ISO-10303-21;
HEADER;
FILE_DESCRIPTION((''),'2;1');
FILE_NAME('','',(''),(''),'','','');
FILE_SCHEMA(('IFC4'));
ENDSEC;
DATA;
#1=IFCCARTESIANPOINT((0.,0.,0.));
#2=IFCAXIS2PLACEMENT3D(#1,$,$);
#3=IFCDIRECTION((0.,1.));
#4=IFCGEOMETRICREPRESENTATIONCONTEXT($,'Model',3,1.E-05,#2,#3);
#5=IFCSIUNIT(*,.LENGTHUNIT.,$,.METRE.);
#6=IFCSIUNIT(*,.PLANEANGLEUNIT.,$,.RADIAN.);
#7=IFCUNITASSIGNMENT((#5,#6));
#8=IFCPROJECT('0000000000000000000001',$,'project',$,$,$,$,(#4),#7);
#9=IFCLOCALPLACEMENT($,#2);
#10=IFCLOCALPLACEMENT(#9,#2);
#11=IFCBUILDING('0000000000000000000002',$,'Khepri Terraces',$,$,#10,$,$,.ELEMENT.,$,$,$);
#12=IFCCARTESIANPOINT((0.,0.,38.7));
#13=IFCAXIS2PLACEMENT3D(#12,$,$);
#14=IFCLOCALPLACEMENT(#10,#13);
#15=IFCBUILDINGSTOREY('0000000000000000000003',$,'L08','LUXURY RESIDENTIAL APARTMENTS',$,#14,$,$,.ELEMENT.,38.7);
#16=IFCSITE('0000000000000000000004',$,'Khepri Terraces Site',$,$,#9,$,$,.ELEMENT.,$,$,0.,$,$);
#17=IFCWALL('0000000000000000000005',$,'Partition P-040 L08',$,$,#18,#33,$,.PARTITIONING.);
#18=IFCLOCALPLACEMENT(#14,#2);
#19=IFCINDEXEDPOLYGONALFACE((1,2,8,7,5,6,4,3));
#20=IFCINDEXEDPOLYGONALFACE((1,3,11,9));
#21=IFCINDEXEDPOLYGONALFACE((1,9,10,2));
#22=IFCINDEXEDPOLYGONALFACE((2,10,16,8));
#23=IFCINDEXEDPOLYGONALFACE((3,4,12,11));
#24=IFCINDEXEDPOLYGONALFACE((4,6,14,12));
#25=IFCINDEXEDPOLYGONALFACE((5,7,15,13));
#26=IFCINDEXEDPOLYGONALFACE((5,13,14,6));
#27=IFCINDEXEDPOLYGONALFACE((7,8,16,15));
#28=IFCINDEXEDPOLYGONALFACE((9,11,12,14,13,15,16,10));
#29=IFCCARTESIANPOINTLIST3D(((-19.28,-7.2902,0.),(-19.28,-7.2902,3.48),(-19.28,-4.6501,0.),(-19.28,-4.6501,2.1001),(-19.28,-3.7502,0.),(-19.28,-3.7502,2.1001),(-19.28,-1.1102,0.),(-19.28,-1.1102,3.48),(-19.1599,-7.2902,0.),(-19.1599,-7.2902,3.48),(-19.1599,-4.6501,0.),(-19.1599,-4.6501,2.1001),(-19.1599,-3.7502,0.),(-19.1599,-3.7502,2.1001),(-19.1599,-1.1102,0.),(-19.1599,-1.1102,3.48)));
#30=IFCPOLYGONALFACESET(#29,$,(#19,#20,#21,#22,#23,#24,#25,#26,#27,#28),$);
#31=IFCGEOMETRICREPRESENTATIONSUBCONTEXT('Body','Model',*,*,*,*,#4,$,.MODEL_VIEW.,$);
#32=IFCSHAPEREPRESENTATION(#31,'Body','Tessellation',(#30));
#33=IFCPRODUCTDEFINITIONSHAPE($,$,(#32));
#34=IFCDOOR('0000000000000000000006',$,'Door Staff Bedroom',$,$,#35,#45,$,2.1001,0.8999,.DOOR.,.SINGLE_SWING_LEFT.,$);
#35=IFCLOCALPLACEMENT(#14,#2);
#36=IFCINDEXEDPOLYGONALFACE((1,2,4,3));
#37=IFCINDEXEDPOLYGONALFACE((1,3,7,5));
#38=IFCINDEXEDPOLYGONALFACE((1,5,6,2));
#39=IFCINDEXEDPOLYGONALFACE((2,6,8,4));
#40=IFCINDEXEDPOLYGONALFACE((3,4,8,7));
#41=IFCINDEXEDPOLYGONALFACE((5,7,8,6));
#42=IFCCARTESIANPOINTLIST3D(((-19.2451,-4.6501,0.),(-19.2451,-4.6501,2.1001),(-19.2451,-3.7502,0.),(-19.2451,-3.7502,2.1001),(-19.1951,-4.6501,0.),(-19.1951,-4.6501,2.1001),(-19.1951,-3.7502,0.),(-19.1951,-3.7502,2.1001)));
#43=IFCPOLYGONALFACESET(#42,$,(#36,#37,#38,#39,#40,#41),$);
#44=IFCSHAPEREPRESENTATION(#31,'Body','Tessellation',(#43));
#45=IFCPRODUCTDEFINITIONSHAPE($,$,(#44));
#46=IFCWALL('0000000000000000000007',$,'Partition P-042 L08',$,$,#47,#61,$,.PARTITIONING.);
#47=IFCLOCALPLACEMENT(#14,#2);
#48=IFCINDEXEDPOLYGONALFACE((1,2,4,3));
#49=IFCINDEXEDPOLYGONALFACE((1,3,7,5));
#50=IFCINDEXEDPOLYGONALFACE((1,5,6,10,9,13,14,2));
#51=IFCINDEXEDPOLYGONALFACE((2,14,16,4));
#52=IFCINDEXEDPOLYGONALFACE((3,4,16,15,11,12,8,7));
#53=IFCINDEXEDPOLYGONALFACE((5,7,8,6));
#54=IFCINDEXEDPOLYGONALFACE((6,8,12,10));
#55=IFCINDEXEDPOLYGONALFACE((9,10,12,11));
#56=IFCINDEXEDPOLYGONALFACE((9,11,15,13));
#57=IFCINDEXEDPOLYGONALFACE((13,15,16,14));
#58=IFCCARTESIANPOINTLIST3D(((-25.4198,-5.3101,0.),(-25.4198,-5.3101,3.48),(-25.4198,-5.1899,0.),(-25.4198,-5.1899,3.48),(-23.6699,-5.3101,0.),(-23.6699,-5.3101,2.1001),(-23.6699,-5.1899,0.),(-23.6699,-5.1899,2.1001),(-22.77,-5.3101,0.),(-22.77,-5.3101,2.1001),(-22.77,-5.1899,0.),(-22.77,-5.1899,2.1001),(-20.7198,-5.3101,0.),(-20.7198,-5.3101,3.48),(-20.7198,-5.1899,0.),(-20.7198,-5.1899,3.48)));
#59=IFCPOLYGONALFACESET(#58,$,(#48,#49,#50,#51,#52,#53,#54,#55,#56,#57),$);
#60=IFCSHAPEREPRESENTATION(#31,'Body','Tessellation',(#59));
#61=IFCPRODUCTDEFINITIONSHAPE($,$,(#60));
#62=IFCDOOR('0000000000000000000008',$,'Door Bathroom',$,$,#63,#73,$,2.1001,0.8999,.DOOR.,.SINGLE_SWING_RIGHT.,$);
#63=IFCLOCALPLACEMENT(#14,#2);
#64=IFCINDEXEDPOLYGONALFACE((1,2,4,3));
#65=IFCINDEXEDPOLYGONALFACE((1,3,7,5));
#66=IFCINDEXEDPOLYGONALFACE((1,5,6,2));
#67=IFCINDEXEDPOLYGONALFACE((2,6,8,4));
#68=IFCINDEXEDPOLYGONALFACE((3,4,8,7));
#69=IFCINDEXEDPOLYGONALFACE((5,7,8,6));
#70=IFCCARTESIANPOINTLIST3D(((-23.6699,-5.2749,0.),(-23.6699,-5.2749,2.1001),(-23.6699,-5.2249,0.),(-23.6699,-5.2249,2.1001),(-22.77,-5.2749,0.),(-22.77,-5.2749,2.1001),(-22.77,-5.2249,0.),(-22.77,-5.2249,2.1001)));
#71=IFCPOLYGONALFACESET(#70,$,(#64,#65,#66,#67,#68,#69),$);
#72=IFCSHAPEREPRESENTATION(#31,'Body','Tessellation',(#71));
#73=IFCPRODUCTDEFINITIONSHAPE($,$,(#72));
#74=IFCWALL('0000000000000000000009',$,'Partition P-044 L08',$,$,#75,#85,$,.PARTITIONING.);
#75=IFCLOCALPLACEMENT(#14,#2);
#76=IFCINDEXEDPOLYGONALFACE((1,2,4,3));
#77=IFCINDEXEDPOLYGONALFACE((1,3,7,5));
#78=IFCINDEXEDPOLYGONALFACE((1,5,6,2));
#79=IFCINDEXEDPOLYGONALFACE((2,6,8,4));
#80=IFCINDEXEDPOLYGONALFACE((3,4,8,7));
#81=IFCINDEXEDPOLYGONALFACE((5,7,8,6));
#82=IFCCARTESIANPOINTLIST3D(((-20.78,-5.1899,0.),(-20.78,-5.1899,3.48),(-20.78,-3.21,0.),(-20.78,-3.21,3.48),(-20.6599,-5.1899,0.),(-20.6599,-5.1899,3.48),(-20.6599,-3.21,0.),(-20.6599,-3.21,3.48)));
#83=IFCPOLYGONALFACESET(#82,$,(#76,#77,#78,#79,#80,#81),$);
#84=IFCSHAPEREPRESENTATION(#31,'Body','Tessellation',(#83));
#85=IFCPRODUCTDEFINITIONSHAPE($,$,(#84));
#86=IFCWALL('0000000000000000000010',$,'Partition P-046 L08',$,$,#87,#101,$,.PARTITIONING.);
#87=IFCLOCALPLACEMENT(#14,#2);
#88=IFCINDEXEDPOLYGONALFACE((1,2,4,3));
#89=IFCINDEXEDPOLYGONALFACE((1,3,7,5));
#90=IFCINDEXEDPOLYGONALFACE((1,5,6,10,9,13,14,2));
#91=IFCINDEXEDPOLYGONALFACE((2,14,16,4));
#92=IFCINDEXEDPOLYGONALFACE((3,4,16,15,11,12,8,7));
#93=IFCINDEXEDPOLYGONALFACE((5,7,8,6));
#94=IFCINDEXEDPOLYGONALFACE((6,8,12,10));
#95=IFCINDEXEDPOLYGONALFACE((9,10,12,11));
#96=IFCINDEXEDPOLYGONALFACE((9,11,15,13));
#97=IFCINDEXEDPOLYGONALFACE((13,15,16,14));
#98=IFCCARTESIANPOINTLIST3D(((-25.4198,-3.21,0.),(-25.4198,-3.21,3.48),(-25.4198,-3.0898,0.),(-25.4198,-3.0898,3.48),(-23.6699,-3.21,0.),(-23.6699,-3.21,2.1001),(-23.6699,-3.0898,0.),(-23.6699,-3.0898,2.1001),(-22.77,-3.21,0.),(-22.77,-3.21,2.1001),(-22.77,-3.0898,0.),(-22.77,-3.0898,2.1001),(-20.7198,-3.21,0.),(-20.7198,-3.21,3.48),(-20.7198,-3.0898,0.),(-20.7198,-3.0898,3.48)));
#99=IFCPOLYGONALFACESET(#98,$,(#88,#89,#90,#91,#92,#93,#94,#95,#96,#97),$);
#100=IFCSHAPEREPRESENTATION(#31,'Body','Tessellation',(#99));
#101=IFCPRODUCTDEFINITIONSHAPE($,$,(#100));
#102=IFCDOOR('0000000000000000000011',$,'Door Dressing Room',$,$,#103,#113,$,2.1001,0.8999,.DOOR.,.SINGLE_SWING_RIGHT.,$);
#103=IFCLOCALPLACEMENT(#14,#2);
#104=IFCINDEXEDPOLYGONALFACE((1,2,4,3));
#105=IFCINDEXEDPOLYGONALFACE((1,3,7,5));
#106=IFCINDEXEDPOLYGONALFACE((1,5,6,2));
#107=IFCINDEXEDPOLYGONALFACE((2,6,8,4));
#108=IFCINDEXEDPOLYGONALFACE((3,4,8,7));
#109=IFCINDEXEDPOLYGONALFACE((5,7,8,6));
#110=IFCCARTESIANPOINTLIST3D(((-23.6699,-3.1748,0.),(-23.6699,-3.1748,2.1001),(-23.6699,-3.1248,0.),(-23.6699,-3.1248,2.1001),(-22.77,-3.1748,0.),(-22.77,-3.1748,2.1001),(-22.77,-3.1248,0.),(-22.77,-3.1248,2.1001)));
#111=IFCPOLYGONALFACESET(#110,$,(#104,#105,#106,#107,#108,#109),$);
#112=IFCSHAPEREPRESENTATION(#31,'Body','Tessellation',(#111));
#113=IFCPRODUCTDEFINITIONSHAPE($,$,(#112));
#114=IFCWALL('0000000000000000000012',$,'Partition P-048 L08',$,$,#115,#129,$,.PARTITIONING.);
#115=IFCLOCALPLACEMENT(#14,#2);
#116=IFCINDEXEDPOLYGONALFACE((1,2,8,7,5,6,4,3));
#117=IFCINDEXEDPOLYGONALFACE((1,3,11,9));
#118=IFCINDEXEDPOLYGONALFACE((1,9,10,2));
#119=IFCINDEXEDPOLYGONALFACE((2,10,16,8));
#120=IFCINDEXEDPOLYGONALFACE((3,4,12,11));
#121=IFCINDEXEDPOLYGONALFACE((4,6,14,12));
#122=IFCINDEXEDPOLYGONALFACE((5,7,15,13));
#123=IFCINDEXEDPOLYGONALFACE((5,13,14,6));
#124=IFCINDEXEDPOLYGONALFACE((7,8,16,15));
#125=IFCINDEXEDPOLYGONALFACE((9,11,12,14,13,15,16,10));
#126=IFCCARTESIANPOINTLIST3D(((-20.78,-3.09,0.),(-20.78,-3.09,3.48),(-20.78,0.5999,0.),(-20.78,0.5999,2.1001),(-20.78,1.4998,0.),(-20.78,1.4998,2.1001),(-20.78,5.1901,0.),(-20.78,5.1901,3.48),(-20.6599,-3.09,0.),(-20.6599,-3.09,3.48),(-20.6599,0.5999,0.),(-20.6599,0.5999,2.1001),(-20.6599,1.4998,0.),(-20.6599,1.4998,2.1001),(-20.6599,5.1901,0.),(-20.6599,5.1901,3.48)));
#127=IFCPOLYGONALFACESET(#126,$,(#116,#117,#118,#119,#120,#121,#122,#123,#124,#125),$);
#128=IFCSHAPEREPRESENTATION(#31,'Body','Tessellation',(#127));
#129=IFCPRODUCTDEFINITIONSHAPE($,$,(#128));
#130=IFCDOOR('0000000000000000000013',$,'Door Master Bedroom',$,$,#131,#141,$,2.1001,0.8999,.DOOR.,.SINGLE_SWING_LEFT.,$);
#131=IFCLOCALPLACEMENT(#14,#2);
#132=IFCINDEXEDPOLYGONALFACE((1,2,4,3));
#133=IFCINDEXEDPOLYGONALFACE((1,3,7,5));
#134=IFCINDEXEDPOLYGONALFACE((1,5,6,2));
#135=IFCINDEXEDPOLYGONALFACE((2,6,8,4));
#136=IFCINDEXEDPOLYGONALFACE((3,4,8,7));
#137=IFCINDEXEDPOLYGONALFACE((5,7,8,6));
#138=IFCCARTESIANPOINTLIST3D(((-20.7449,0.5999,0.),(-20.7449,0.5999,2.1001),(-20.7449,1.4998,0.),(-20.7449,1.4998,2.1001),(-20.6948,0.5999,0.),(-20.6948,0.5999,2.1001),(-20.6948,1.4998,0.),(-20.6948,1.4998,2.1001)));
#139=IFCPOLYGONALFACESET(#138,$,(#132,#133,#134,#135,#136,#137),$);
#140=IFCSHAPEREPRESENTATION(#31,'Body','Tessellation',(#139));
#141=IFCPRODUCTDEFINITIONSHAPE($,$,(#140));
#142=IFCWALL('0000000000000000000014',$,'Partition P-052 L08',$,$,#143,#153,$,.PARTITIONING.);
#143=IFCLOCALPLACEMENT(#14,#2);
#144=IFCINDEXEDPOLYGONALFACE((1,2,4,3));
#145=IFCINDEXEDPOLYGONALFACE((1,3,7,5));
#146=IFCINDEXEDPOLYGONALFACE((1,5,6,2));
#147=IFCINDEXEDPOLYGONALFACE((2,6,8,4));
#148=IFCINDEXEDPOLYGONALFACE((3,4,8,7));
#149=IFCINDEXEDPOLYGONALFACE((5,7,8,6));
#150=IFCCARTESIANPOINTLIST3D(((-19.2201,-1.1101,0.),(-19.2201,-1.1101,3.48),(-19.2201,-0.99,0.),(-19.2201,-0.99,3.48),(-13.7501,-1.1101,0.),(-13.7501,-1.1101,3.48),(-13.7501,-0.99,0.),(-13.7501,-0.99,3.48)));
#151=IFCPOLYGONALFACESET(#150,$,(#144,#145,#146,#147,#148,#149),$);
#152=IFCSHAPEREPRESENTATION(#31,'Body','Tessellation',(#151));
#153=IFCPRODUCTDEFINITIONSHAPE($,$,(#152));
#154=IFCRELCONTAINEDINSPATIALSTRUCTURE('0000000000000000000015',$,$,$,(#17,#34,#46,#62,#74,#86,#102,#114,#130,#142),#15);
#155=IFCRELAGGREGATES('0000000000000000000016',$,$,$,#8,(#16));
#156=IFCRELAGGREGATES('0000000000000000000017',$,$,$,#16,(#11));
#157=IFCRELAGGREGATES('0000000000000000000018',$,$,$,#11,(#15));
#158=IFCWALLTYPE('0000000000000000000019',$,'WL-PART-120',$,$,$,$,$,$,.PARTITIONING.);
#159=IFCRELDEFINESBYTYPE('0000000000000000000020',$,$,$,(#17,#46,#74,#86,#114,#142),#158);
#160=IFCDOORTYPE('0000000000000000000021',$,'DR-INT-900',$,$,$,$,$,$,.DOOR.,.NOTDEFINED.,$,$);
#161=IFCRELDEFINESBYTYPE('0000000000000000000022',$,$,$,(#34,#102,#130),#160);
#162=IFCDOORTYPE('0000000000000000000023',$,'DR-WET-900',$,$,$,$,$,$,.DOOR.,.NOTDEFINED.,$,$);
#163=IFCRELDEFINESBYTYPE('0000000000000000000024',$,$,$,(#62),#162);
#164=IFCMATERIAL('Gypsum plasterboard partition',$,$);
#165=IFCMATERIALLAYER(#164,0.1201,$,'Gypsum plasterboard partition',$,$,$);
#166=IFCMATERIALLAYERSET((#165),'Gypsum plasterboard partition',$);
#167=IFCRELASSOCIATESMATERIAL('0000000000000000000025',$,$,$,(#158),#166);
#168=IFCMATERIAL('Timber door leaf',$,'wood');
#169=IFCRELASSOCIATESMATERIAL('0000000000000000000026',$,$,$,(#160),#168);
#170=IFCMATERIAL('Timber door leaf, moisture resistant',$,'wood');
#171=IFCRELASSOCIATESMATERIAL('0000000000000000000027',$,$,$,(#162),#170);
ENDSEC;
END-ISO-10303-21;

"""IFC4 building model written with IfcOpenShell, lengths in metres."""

from ifc_helpers import new_model, si_unit, direction, frame, frame_2d, origin, place, context, subcontext, project, spatial, rectangle, extrude, material, layer, layer_set, type_object, element, fill, save


model = new_model("IFC4")

# Units and contexts
model_context = context("Model", 3, precision=1e-05, world=origin(), true_north=direction((0.0, 1.0)))
body_context = subcontext(model_context, "Body", "Model", "MODEL_VIEW")
ifc_project = project(units=[si_unit("LENGTHUNIT", "METRE"), si_unit("PLANEANGLEUNIT", "RADIAN")], contexts=[model_context])

# Site, building, storey
site_placement = place(None, origin())
site = spatial("IfcSite", under=ifc_project, at=site_placement, Name="Khepri Terraces Site", CompositionType="ELEMENT", RefElevation=0.0)
building_placement = place(site_placement, origin())
building = spatial("IfcBuilding", under=site, at=building_placement, Name="Khepri Terraces", CompositionType="ELEMENT")
storey_placement = place(building_placement, frame((0.0, 0.0, 38.7)))
storey = spatial("IfcBuildingStorey", under=building, at=storey_placement, Name="L08", Description="LUXURY RESIDENTIAL APARTMENTS", CompositionType="ELEMENT", Elevation=38.7)

# Walls, openings, doors
ifc_material_1 = material(Name="Gypsum plasterboard partition")
ifc_layer_1 = layer(ifc_material_1, 0.1201, Name="Gypsum plasterboard partition")
ifc_layer_set_1 = layer_set([ifc_layer_1], Name="Gypsum plasterboard partition")
wall_type_1 = type_object("IfcWallType", Name="WL-PART-120", PredefinedType="PARTITIONING", material=ifc_layer_set_1)
wall_1_placement = place(storey_placement, frame((-19.22, -7.29, 0.0), z_axis=(0.0, 0.0, 1.0), x_axis=(0.0, 1.0, 0.0)))
wall_1 = element("IfcWall", 1, at=wall_1_placement, inside=storey, type_object=wall_type_1, Name="Partition P-040 L08", PredefinedType="PARTITIONING", context=body_context, shape_type="SweptSolid", body=[
    extrude(rectangle(XDim=6.1799, YDim=0.1201, at=frame_2d((3.0898, 0.0))), origin(), (0.0, 0.0, 1.0), 3.48),
])
opening_1_placement = place(wall_1_placement, frame((2.6399, 0.0, 0.0)))
opening_1 = element("IfcOpeningElement", 2, at=opening_1_placement, cuts=wall_1, PredefinedType="OPENING", context=body_context, shape_type="SweptSolid", body=[
    extrude(rectangle(XDim=0.8999, YDim=2.1001, at=frame_2d((0.45, 1.05))), frame((0.0, 0.0701, 0.0), z_axis=(0.0, -1.0, 0.0), x_axis=(1.0, 0.0, 0.0)), (0.0, 0.0, 1.0), 0.1401),
])
ifc_material_2 = material(Name="Timber door leaf", Category="wood")
door_type_1 = type_object("IfcDoorType", Name="DR-INT-900", OperationType="NOTDEFINED", PredefinedType="DOOR", material=ifc_material_2)
door_1_placement = place(opening_1_placement, frame((0.8999, 0.0, 0.0), z_axis=(0.0, 0.0, 1.0), x_axis=(-1.0, 0.0, 0.0)))
door_1 = element("IfcDoor", 3, at=door_1_placement, inside=storey, type_object=door_type_1, Name="Door Staff Bedroom", OperationType="SINGLE_SWING_LEFT", OverallHeight=2.1001, OverallWidth=0.8999, PredefinedType="DOOR", context=body_context, shape_type="SweptSolid", body=[
    extrude(rectangle(XDim=0.8999, YDim=2.1001, at=frame_2d((0.45, 1.05))), frame((0.0, 0.0249, 0.0), z_axis=(0.0, -1.0, 0.0), x_axis=(1.0, 0.0, 0.0)), (0.0, 0.0, 1.0), 0.05),
])
fill(opening_1, door_1)
wall_2_placement = place(storey_placement, frame((-25.4199, -5.25, 0.0), z_axis=(0.0, 0.0, 1.0), x_axis=(1.0, 0.0, 0.0)))
wall_2 = element("IfcWall", 4, at=wall_2_placement, inside=storey, type_object=wall_type_1, Name="Partition P-042 L08", PredefinedType="PARTITIONING", context=body_context, shape_type="SweptSolid", body=[
    extrude(rectangle(XDim=4.7, YDim=0.1201, at=frame_2d((2.3501, 0.0))), origin(), (0.0, 0.0, 1.0), 3.48),
])
opening_2_placement = place(wall_2_placement, frame((1.75, 0.0, 0.0)))
opening_2 = element("IfcOpeningElement", 5, at=opening_2_placement, cuts=wall_2, PredefinedType="OPENING", context=body_context, shape_type="SweptSolid", body=[
    extrude(rectangle(XDim=0.8999, YDim=2.1001, at=frame_2d((0.45, 1.05))), frame((0.0, 0.0701, 0.0), z_axis=(0.0, -1.0, 0.0), x_axis=(1.0, 0.0, 0.0)), (0.0, 0.0, 1.0), 0.1401),
])
ifc_material_3 = material(Name="Timber door leaf, moisture resistant", Category="wood")
door_type_2 = type_object("IfcDoorType", Name="DR-WET-900", OperationType="NOTDEFINED", PredefinedType="DOOR", material=ifc_material_3)
door_2_placement = place(opening_2_placement, frame((0.8999, 0.0, 0.0), z_axis=(0.0, 0.0, 1.0), x_axis=(-1.0, 0.0, 0.0)))
door_2 = element("IfcDoor", 6, at=door_2_placement, inside=storey, type_object=door_type_2, Name="Door Bathroom", OperationType="SINGLE_SWING_RIGHT", OverallHeight=2.1001, OverallWidth=0.8999, PredefinedType="DOOR", context=body_context, shape_type="SweptSolid", body=[
    extrude(rectangle(XDim=0.8999, YDim=2.1001, at=frame_2d((0.45, 1.05))), frame((0.0, 0.0249, 0.0), z_axis=(0.0, -1.0, 0.0), x_axis=(1.0, 0.0, 0.0)), (0.0, 0.0, 1.0), 0.05),
])
fill(opening_2, door_2)

# Wall
wall_3_placement = place(storey_placement, frame((-20.72, -5.1899, 0.0), z_axis=(0.0, 0.0, 1.0), x_axis=(0.0, 1.0, 0.0)))
element("IfcWall", 7, at=wall_3_placement, inside=storey, type_object=wall_type_1, Name="Partition P-044 L08", PredefinedType="PARTITIONING", context=body_context, shape_type="SweptSolid", body=[
    extrude(rectangle(XDim=1.98, YDim=0.1201, at=frame_2d((0.99, 0.0))), origin(), (0.0, 0.0, 1.0), 3.48),
])

# Walls, openings, doors
wall_4_placement = place(storey_placement, frame((-25.4199, -3.1499, 0.0), z_axis=(0.0, 0.0, 1.0), x_axis=(1.0, 0.0, 0.0)))
wall_4 = element("IfcWall", 8, at=wall_4_placement, inside=storey, type_object=wall_type_1, Name="Partition P-046 L08", PredefinedType="PARTITIONING", context=body_context, shape_type="SweptSolid", body=[
    extrude(rectangle(XDim=4.7, YDim=0.1201, at=frame_2d((2.3501, 0.0))), origin(), (0.0, 0.0, 1.0), 3.48),
])
opening_3_placement = place(wall_4_placement, frame((1.75, 0.0, 0.0)))
opening_3 = element("IfcOpeningElement", 9, at=opening_3_placement, cuts=wall_4, PredefinedType="OPENING", context=body_context, shape_type="SweptSolid", body=[
    extrude(rectangle(XDim=0.8999, YDim=2.1001, at=frame_2d((0.45, 1.05))), frame((0.0, 0.0701, 0.0), z_axis=(0.0, -1.0, 0.0), x_axis=(1.0, 0.0, 0.0)), (0.0, 0.0, 1.0), 0.1401),
])
door_3_placement = place(opening_3_placement, frame((0.8999, 0.0, 0.0), z_axis=(0.0, 0.0, 1.0), x_axis=(-1.0, 0.0, 0.0)))
door_3 = element("IfcDoor", 10, at=door_3_placement, inside=storey, type_object=door_type_1, Name="Door Dressing Room", OperationType="SINGLE_SWING_RIGHT", OverallHeight=2.1001, OverallWidth=0.8999, PredefinedType="DOOR", context=body_context, shape_type="SweptSolid", body=[
    extrude(rectangle(XDim=0.8999, YDim=2.1001, at=frame_2d((0.45, 1.05))), frame((0.0, 0.0249, 0.0), z_axis=(0.0, -1.0, 0.0), x_axis=(1.0, 0.0, 0.0)), (0.0, 0.0, 1.0), 0.05),
])
fill(opening_3, door_3)
wall_5_placement = place(storey_placement, frame((-20.72, -3.0901, 0.0), z_axis=(0.0, 0.0, 1.0), x_axis=(0.0, 1.0, 0.0)))
wall_5 = element("IfcWall", 11, at=wall_5_placement, inside=storey, type_object=wall_type_1, Name="Partition P-048 L08", PredefinedType="PARTITIONING", context=body_context, shape_type="SweptSolid", body=[
    extrude(rectangle(XDim=8.28, YDim=0.1201, at=frame_2d((4.1401, 0.0))), origin(), (0.0, 0.0, 1.0), 3.48),
])
opening_4_placement = place(wall_5_placement, frame((3.6899, 0.0, 0.0)))
opening_4 = element("IfcOpeningElement", 12, at=opening_4_placement, cuts=wall_5, PredefinedType="OPENING", context=body_context, shape_type="SweptSolid", body=[
    extrude(rectangle(XDim=0.8999, YDim=2.1001, at=frame_2d((0.45, 1.05))), frame((0.0, 0.0701, 0.0), z_axis=(0.0, -1.0, 0.0), x_axis=(1.0, 0.0, 0.0)), (0.0, 0.0, 1.0), 0.1401),
])
door_4_placement = place(opening_4_placement, origin())
door_4 = element("IfcDoor", 13, at=door_4_placement, inside=storey, type_object=door_type_1, Name="Door Master Bedroom", OperationType="SINGLE_SWING_LEFT", OverallHeight=2.1001, OverallWidth=0.8999, PredefinedType="DOOR", context=body_context, shape_type="SweptSolid", body=[
    extrude(rectangle(XDim=0.8999, YDim=2.1001, at=frame_2d((0.45, 1.05))), frame((0.0, 0.0249, 0.0), z_axis=(0.0, -1.0, 0.0), x_axis=(1.0, 0.0, 0.0)), (0.0, 0.0, 1.0), 0.05),
])
fill(opening_4, door_4)

# Wall
wall_6_placement = place(storey_placement, frame((-19.22, -1.05, 0.0), z_axis=(0.0, 0.0, 1.0), x_axis=(1.0, 0.0, 0.0)))
element("IfcWall", 14, at=wall_6_placement, inside=storey, type_object=wall_type_1, Name="Partition P-052 L08", PredefinedType="PARTITIONING", context=body_context, shape_type="SweptSolid", body=[
    extrude(rectangle(XDim=5.47, YDim=0.1201, at=frame_2d((2.7349, 0.0))), origin(), (0.0, 0.0, 1.0), 3.48),
])

save(model, "model.ifc")
